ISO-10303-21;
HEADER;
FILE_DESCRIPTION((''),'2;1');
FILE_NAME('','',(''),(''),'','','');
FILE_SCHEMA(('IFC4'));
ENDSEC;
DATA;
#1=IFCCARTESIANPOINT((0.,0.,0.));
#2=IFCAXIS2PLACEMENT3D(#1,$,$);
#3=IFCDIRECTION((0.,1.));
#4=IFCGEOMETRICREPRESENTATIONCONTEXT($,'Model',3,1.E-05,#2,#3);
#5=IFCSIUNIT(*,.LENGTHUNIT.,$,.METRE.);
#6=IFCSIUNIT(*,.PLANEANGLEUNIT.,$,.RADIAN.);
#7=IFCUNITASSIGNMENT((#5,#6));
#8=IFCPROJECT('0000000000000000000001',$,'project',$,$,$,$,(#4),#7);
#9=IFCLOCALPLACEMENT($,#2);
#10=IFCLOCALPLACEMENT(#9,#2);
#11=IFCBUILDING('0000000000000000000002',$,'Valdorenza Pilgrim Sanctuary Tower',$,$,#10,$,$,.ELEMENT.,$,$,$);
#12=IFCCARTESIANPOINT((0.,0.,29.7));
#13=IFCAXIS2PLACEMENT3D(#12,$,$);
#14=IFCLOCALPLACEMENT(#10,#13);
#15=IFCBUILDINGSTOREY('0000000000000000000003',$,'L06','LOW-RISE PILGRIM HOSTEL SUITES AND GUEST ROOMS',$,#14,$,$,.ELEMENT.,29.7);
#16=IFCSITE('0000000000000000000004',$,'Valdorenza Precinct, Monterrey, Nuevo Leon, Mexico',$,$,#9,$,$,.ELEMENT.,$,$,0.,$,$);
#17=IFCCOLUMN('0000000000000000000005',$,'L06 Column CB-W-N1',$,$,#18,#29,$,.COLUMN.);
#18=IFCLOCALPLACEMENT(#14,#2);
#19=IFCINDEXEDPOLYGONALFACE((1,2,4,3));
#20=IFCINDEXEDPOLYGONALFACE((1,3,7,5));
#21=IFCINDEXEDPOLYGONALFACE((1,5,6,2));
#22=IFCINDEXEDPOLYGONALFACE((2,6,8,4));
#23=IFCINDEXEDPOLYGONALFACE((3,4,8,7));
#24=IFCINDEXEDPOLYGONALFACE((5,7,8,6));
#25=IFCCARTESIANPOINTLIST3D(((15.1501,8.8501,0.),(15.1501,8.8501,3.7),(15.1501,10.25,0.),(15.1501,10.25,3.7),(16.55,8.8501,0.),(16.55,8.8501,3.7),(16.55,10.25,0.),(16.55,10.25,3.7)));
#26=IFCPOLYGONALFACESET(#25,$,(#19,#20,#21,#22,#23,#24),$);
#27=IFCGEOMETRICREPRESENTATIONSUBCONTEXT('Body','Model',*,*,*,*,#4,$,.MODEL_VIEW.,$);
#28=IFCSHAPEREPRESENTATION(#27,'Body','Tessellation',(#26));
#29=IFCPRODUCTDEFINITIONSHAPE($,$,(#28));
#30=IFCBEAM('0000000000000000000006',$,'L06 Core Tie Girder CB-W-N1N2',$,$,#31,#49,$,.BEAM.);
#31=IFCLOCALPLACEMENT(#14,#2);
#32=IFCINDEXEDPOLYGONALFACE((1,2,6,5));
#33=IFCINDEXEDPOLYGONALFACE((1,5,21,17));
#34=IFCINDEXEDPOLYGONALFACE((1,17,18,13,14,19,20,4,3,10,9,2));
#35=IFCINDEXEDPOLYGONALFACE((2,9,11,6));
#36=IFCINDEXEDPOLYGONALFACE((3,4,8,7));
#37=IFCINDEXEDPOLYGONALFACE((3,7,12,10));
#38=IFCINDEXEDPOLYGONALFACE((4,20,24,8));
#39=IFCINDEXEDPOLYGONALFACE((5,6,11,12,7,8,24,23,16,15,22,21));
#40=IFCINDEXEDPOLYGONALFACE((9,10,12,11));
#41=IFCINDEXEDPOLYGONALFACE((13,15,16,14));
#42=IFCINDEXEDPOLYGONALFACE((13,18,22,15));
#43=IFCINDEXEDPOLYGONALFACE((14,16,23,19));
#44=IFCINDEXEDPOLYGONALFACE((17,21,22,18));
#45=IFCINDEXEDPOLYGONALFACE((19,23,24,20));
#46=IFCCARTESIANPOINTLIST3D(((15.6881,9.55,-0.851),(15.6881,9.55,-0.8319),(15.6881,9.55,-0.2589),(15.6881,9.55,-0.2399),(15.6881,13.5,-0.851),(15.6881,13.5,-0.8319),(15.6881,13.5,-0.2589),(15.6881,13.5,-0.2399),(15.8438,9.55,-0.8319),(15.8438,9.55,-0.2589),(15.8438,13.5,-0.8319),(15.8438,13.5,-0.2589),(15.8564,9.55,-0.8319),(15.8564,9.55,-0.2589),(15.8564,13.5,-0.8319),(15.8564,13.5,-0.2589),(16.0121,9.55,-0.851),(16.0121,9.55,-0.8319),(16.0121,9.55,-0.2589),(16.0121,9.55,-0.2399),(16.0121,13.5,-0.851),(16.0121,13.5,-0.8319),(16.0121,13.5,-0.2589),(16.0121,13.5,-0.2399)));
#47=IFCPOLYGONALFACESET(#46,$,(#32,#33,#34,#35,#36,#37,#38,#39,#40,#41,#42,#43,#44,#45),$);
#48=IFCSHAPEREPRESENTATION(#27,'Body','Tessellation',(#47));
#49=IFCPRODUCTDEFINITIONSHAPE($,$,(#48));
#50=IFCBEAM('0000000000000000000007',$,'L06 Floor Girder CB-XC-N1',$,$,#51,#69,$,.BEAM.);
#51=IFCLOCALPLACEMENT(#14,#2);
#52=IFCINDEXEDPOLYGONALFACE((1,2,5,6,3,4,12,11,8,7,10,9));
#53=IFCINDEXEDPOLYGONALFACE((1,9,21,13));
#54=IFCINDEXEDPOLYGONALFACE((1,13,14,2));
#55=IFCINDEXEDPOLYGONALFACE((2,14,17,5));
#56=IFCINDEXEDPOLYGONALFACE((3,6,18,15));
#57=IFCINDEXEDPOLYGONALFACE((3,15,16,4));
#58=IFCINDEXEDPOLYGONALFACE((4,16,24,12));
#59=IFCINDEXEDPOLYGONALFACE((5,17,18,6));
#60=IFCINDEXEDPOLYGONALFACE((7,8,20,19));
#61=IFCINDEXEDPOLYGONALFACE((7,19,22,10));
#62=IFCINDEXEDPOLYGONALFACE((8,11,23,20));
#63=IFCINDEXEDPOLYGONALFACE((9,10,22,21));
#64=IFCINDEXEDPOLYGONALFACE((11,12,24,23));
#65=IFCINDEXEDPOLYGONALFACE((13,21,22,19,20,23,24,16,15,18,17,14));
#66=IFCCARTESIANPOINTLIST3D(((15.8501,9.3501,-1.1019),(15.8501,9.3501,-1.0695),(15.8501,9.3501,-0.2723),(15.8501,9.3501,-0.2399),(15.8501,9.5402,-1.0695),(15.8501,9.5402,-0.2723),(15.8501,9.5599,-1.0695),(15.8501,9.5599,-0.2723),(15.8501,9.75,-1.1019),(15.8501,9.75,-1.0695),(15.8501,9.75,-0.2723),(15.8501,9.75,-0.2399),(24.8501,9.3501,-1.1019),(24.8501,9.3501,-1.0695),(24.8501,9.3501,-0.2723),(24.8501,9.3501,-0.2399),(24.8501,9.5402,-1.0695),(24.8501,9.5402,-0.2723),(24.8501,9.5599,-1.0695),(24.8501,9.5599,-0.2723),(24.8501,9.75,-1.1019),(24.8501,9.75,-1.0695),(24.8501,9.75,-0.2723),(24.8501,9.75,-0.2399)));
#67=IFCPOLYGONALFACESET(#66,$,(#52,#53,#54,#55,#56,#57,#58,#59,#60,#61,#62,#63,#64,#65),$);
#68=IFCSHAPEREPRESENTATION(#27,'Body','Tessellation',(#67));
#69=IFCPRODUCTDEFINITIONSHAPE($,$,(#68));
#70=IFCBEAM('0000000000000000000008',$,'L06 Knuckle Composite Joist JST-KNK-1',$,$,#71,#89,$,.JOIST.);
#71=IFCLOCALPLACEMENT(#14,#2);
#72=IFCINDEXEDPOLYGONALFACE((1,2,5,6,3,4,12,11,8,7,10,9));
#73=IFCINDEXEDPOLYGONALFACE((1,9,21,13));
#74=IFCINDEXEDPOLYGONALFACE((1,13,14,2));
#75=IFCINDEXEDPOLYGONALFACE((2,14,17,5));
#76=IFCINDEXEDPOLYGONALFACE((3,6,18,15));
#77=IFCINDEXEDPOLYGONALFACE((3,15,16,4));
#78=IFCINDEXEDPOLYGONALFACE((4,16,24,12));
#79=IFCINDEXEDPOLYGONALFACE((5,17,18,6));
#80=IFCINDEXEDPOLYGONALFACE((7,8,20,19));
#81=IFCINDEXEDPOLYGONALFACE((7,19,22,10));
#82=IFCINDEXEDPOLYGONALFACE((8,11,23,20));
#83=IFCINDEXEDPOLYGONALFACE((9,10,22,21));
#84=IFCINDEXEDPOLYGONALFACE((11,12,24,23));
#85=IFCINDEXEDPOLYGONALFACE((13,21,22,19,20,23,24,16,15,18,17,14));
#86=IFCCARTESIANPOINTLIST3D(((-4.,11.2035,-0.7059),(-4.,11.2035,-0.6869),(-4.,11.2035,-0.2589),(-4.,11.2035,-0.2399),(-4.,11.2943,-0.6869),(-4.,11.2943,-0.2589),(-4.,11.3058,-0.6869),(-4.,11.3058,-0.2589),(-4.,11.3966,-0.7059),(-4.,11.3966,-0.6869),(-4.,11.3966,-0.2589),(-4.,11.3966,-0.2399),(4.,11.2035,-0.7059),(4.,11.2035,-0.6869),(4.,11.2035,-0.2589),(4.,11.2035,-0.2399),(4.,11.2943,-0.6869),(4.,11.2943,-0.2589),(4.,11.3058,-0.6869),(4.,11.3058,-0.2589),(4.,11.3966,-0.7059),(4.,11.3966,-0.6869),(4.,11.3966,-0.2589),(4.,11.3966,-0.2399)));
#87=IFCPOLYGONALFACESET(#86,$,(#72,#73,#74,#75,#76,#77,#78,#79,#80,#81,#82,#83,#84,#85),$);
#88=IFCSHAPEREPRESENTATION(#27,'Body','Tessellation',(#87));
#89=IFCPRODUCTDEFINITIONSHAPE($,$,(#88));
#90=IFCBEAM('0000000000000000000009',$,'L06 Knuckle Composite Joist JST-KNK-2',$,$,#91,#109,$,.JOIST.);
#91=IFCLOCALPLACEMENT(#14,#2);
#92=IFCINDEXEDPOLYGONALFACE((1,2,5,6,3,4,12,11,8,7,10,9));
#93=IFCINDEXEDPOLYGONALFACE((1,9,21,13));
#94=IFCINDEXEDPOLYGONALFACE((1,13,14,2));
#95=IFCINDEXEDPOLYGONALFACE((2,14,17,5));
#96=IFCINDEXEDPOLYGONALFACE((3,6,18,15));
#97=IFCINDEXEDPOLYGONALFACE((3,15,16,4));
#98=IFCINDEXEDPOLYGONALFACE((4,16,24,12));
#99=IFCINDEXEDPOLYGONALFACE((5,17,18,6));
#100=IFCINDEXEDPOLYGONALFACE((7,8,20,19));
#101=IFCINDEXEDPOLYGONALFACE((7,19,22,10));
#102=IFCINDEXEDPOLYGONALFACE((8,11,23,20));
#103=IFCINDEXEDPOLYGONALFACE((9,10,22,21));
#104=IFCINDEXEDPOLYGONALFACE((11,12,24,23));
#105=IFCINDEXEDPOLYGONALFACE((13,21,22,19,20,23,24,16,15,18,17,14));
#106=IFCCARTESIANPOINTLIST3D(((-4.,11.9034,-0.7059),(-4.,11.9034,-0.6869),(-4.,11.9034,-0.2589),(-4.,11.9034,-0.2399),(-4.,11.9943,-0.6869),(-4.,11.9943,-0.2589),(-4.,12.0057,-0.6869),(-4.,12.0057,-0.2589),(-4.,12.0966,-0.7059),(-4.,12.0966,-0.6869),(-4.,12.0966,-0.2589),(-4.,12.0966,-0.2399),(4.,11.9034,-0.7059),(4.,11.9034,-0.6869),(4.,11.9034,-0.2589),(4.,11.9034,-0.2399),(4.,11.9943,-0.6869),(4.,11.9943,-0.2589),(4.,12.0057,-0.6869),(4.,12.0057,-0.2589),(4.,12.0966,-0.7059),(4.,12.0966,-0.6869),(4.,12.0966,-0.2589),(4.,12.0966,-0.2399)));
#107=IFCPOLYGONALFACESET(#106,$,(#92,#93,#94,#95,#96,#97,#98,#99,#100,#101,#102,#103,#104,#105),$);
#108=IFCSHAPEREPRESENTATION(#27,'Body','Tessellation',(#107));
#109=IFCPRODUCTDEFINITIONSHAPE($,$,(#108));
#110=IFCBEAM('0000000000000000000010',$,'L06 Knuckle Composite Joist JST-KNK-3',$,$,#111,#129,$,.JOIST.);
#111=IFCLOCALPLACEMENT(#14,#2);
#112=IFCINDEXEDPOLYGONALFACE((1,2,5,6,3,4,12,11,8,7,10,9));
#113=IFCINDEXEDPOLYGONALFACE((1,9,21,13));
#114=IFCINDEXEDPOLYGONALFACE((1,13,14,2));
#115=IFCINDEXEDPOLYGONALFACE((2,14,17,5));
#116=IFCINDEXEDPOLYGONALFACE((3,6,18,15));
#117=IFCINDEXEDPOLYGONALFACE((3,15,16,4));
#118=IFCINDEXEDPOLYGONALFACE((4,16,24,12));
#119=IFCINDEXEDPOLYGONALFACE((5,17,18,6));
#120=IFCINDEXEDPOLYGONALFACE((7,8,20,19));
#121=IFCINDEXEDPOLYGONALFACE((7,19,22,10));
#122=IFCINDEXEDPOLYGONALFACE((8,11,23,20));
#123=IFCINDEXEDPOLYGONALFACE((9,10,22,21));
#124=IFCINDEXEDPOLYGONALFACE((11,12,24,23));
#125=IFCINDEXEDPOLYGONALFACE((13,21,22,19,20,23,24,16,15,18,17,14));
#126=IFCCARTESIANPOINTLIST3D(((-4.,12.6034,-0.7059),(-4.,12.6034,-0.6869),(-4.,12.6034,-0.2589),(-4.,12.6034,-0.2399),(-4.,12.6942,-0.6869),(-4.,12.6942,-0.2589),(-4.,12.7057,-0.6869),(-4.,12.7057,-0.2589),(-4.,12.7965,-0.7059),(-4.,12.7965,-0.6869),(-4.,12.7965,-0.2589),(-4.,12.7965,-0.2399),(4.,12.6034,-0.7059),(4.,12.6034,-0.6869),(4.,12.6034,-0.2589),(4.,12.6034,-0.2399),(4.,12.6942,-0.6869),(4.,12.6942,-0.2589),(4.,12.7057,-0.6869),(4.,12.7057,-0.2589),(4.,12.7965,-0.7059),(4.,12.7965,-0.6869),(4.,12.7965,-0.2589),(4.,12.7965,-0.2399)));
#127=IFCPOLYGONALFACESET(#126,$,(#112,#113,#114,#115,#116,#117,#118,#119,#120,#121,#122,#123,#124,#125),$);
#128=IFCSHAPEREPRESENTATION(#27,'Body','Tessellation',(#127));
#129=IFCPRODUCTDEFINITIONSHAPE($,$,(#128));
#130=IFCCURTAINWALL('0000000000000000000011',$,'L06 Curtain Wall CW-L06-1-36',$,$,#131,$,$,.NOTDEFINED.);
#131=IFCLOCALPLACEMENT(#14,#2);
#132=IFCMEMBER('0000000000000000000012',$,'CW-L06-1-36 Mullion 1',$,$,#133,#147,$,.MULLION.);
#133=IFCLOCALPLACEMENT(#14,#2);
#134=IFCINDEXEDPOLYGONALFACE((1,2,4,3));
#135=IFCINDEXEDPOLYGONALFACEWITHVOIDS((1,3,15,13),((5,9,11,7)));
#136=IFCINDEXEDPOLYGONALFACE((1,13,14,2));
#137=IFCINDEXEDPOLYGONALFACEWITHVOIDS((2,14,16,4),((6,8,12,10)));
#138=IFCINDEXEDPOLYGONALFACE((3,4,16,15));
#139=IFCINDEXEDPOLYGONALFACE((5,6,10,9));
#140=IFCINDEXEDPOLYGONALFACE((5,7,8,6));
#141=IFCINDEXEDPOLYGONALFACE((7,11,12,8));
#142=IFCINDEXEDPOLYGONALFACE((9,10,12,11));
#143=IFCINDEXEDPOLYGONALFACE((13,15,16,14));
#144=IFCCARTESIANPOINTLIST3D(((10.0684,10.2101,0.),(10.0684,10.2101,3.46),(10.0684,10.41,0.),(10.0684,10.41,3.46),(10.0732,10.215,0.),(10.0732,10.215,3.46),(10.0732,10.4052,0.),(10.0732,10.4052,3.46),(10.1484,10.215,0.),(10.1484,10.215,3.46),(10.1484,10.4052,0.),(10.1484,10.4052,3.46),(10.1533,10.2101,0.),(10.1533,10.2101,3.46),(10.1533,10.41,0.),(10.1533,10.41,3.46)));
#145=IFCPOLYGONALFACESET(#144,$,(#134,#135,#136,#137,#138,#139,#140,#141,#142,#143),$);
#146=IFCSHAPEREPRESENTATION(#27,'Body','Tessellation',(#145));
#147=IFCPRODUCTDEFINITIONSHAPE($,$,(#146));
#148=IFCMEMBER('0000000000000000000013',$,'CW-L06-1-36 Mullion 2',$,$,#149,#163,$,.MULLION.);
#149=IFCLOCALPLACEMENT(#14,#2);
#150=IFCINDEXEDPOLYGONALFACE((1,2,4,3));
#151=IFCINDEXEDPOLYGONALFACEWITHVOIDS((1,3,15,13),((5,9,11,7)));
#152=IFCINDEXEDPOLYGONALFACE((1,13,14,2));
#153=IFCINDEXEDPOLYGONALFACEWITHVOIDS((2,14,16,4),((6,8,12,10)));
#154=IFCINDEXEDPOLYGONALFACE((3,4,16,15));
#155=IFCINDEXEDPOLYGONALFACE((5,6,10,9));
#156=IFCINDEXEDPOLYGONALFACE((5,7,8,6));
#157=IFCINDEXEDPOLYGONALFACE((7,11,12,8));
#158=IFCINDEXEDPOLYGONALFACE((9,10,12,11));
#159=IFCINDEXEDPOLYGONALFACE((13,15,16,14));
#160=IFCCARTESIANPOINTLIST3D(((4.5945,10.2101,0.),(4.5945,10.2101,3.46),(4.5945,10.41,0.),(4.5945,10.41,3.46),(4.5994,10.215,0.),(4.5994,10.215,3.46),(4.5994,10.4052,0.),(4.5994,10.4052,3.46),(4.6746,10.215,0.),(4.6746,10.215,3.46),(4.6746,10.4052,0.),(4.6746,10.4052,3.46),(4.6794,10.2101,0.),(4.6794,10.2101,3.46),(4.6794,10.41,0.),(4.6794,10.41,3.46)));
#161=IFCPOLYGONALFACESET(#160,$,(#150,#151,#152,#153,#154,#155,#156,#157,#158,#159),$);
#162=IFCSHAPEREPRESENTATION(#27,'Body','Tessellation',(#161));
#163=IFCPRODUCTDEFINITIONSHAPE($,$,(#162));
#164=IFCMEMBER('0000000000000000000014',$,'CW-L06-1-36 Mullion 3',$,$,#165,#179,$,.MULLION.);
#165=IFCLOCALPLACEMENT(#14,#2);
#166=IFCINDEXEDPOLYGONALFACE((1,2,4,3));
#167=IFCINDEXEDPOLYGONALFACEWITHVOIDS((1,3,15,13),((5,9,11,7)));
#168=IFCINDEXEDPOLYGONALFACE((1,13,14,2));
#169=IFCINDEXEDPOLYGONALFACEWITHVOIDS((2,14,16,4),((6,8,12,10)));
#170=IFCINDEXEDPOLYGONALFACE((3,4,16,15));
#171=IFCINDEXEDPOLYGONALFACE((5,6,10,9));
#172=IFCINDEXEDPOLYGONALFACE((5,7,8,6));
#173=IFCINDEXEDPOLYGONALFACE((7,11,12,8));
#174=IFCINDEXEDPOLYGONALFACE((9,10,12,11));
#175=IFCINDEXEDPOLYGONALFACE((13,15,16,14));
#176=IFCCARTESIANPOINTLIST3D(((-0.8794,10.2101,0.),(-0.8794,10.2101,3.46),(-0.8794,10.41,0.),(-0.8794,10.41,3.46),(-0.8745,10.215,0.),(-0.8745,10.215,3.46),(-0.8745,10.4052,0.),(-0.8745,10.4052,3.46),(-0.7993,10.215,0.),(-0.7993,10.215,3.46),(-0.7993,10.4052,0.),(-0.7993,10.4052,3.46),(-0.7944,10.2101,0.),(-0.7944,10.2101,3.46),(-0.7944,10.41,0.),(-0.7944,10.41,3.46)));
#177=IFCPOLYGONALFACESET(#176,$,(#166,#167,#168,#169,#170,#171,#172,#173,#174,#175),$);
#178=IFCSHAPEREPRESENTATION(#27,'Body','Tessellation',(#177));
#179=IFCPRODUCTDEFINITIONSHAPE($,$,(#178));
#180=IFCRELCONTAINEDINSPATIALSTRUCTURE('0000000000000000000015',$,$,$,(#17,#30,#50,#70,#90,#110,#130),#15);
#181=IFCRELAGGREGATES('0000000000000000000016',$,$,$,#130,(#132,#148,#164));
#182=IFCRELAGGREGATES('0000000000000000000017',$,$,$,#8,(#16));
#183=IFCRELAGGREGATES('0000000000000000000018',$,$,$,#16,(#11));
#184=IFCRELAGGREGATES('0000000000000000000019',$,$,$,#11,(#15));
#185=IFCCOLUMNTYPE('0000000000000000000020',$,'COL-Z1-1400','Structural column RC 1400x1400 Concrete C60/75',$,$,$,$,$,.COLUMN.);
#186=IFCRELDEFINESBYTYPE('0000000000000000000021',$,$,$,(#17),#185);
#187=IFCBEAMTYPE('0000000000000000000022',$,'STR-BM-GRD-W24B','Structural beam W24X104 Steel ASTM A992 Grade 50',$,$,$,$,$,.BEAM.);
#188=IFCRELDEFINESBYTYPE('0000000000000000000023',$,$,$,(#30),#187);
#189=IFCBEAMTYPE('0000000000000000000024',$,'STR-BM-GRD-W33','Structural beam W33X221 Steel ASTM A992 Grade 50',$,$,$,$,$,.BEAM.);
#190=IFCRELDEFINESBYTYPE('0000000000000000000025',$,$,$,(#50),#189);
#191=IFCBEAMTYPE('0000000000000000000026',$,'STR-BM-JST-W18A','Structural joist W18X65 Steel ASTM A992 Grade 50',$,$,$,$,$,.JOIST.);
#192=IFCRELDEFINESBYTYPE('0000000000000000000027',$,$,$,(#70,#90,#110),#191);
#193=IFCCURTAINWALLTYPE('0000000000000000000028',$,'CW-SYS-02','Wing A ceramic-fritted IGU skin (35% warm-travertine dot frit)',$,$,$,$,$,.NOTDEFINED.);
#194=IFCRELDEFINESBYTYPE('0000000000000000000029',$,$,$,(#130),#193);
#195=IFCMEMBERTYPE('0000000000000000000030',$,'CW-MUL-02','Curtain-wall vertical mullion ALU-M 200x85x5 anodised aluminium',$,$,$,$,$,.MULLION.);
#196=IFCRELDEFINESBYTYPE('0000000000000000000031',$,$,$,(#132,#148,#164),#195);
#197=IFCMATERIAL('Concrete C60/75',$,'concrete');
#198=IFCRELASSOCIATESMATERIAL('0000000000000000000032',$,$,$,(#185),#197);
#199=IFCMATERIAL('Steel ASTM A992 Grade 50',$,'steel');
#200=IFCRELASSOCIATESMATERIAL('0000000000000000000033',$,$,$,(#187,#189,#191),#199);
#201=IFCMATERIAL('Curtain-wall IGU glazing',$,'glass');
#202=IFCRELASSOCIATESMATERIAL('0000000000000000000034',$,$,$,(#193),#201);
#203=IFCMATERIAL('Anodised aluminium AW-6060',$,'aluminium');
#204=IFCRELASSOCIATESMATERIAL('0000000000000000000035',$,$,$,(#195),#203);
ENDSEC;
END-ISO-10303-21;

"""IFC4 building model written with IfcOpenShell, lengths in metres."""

from ifc_helpers import new_model, si_unit, direction, frame, origin, origin_2d, place, context, subcontext, project, spatial, rectangle, hollow_rectangle, i_section, extrude, source, transform, mapped, material, material_profile, profile_set, type_object, element, aggregate, save


model = new_model("IFC4")

# Units and contexts
model_context = context("Model", 3, precision=1e-05, world=origin(), true_north=direction((0.0, 1.0)))
body_context = subcontext(model_context, "Body", "Model", "MODEL_VIEW")
ifc_project = project(units=[si_unit("LENGTHUNIT", "METRE"), si_unit("PLANEANGLEUNIT", "RADIAN")], contexts=[model_context])

# Site, building, storey
site_placement = place(None, origin())
site = spatial("IfcSite", under=ifc_project, at=site_placement, Name="Valdorenza Precinct, Monterrey, Nuevo Leon, Mexico", CompositionType="ELEMENT", RefElevation=0.0)
building_placement = place(site_placement, origin())
building = spatial("IfcBuilding", under=site, at=building_placement, Name="Valdorenza Pilgrim Sanctuary Tower", CompositionType="ELEMENT")
storey_placement = place(building_placement, frame((0.0, 0.0, 29.7)))
storey = spatial("IfcBuildingStorey", under=building, at=storey_placement, Name="L06", Description="LOW-RISE PILGRIM HOSTEL SUITES AND GUEST ROOMS", CompositionType="ELEMENT", Elevation=29.7)

# Column
ifc_material_1 = material(Name="Concrete C60/75", Category="concrete")
ifc_material_profile_1 = material_profile(ifc_material_1, rectangle(XDim=1.3999, YDim=1.3999, at=origin_2d()), Name="RC 1400x1400")
ifc_profile_set_1 = profile_set([ifc_material_profile_1], Name="Concrete C60/75")
column_type = type_object("IfcColumnType", Name="COL-Z1-1400", Description="Structural column RC 1400x1400 Concrete C60/75", PredefinedType="COLUMN", material=ifc_profile_set_1)
shared_shape_1 = source(origin(), body_context, "Body", "SweptSolid", [
    extrude(rectangle(XDim=1.3999, YDim=1.3999, at=origin_2d()), origin(), (0.0, 0.0, 1.0), 3.7),
])
column_placement = place(storey_placement, frame((15.8501, 9.55, 0.0), z_axis=(0.0, 0.0, 1.0), x_axis=(1.0, 0.0, 0.0)))
element("IfcColumn", 1, at=column_placement, inside=storey, type_object=column_type, Name="L06 Column CB-W-N1", PredefinedType="COLUMN", context=body_context, shape_type="MappedRepresentation", body=[
    mapped(shared_shape_1, transform((0.0, 0.0, 0.0), x_axis=(1.0, 0.0, 0.0), y_axis=(0.0, 1.0, 0.0), z_axis=(0.0, 0.0, 1.0), scale=1.0)),
])

# Beams
ifc_material_2 = material(Name="Steel ASTM A992 Grade 50", Category="steel")
ifc_material_profile_2 = material_profile(ifc_material_2, i_section(OverallWidth=0.324, OverallDepth=0.6111, WebThickness=0.0127, FlangeThickness=0.019, at=origin_2d()), Name="W24X104")
ifc_profile_set_2 = profile_set([ifc_material_profile_2], Name="Steel ASTM A992 Grade 50")
beam_type_1 = type_object("IfcBeamType", Name="STR-BM-GRD-W24B", Description="Structural beam W24X104 Steel ASTM A992 Grade 50", PredefinedType="BEAM", material=ifc_profile_set_2)
shared_shape_2 = source(origin(), body_context, "Body", "SweptSolid", [
    extrude(i_section(OverallWidth=0.324, OverallDepth=0.6111, WebThickness=0.0127, FlangeThickness=0.019, at=origin_2d()), origin(), (0.0, 0.0, 1.0), 3.95),
])
beam_1_placement = place(storey_placement, frame((15.8501, 9.55, -0.5454), z_axis=(0.0, 1.0, 0.0), x_axis=(-1.0, 0.0, 0.0)))
element("IfcBeam", 2, at=beam_1_placement, inside=storey, type_object=beam_type_1, Name="L06 Core Tie Girder CB-W-N1N2", PredefinedType="BEAM", context=body_context, shape_type="MappedRepresentation", body=[
    mapped(shared_shape_2, transform((0.0, 0.0, 0.0), x_axis=(1.0, 0.0, 0.0), y_axis=(0.0, 1.0, 0.0), z_axis=(0.0, 0.0, 1.0), scale=1.0)),
])
ifc_material_profile_3 = material_profile(ifc_material_2, i_section(OverallWidth=0.3999, OverallDepth=0.8621, WebThickness=0.0198, FlangeThickness=0.0325, at=origin_2d()), Name="W33X221")
ifc_profile_set_3 = profile_set([ifc_material_profile_3], Name="Steel ASTM A992 Grade 50")
beam_type_2 = type_object("IfcBeamType", Name="STR-BM-GRD-W33", Description="Structural beam W33X221 Steel ASTM A992 Grade 50", PredefinedType="BEAM", material=ifc_profile_set_3)
shared_shape_3 = source(origin(), body_context, "Body", "SweptSolid", [
    extrude(i_section(OverallWidth=0.3999, OverallDepth=0.8621, WebThickness=0.0198, FlangeThickness=0.0325, at=origin_2d()), origin(), (0.0, 0.0, 1.0), 9.0),
])
beam_2_placement = place(storey_placement, frame((15.8501, 9.55, -0.6709), z_axis=(1.0, 0.0, 0.0), x_axis=(0.0, 1.0, 0.0)))
element("IfcBeam", 3, at=beam_2_placement, inside=storey, type_object=beam_type_2, Name="L06 Floor Girder CB-XC-N1", PredefinedType="BEAM", context=body_context, shape_type="MappedRepresentation", body=[
    mapped(shared_shape_3, transform((0.0, 0.0, 0.0), x_axis=(1.0, 0.0, 0.0), y_axis=(0.0, 1.0, 0.0), z_axis=(0.0, 0.0, 1.0), scale=1.0)),
])
ifc_material_profile_4 = material_profile(ifc_material_2, i_section(OverallWidth=0.1931, OverallDepth=0.4661, WebThickness=0.0115, FlangeThickness=0.019, at=origin_2d()), Name="W18X65")
ifc_profile_set_4 = profile_set([ifc_material_profile_4], Name="Steel ASTM A992 Grade 50")
beam_type_3 = type_object("IfcBeamType", Name="STR-BM-JST-W18A", Description="Structural joist W18X65 Steel ASTM A992 Grade 50", PredefinedType="JOIST", material=ifc_profile_set_4)
shared_shape_4 = source(origin(), body_context, "Body", "SweptSolid", [
    extrude(i_section(OverallWidth=0.1931, OverallDepth=0.4661, WebThickness=0.0115, FlangeThickness=0.019, at=origin_2d()), origin(), (0.0, 0.0, 1.0), 8.0),
])
for number, where, z_axis, x_axis, name in (
    (4, (-4.0, 11.3, -0.4729), (1.0, 0.0, 0.0), (0.0, 1.0, 0.0), "L06 Knuckle Composite Joist JST-KNK-1"),
    (5, (-4.0, 12.0, -0.4729), (1.0, 0.0, 0.0), (0.0, 1.0, 0.0), "L06 Knuckle Composite Joist JST-KNK-2"),
    (6, (-4.0, 12.7, -0.4729), (1.0, 0.0, 0.0), (0.0, 1.0, 0.0), "L06 Knuckle Composite Joist JST-KNK-3"),
):
    element("IfcBeam", number, at=place(storey_placement, frame(where, z_axis=z_axis, x_axis=x_axis)), inside=storey, type_object=beam_type_3, Name=name, PredefinedType="JOIST", context=body_context, shape_type="MappedRepresentation", body=[
        mapped(shared_shape_4, transform((0.0, 0.0, 0.0), x_axis=(1.0, 0.0, 0.0), y_axis=(0.0, 1.0, 0.0), z_axis=(0.0, 0.0, 1.0), scale=1.0)),
    ])

# Curtain wall, members
ifc_material_3 = material(Name="Curtain-wall IGU glazing", Category="glass")
curtain_wall_type_1 = type_object("IfcCurtainWallType", Name="CW-SYS-02", Description="Wing A ceramic-fritted IGU skin (35% warm-travertine dot frit)", PredefinedType="NOTDEFINED", material=ifc_material_3)
curtain_wall_1_placement = place(storey_placement, origin())
curtain_wall_1 = element("IfcCurtainWall", 7, at=curtain_wall_1_placement, inside=storey, type_object=curtain_wall_type_1, Name="L06 Curtain Wall CW-L06-1-36", PredefinedType="NOTDEFINED")
ifc_material_4 = material(Name="Anodised aluminium AW-6060", Category="aluminium")
ifc_material_profile_5 = material_profile(ifc_material_4, hollow_rectangle(XDim=0.085, YDim=0.2, WallThickness=0.0049, at=origin_2d()), Name="ALU-M 200x85x5")
ifc_profile_set_5 = profile_set([ifc_material_profile_5], Name="Anodised aluminium AW-6060")
member_type_1 = type_object("IfcMemberType", Name="CW-MUL-02", Description="Curtain-wall vertical mullion ALU-M 200x85x5 anodised aluminium", PredefinedType="MULLION", material=ifc_profile_set_5)
shared_shape_5 = source(origin(), body_context, "Body", "SweptSolid", [
    extrude(hollow_rectangle(XDim=0.085, YDim=0.2, WallThickness=0.0049, at=origin_2d()), origin(), (0.0, 0.0, 1.0), 3.46),
])
member_1_placement = place(storey_placement, frame((10.1108, 10.3101, 0.0), z_axis=(0.0, 0.0, 1.0), x_axis=(-1.0, 0.0, 0.0)))
member_1 = element("IfcMember", 8, at=member_1_placement, type_object=member_type_1, Name="CW-L06-1-36 Mullion 1", PredefinedType="MULLION", context=body_context, shape_type="MappedRepresentation", body=[
    mapped(shared_shape_5, transform((0.0, 0.0, 0.0), x_axis=(1.0, 0.0, 0.0), y_axis=(0.0, 1.0, 0.0), z_axis=(0.0, 0.0, 1.0), scale=1.0)),
])
member_2_placement = place(storey_placement, frame((4.637, 10.3101, 0.0), z_axis=(0.0, 0.0, 1.0), x_axis=(-1.0, 0.0, 0.0)))
member_2 = element("IfcMember", 9, at=member_2_placement, type_object=member_type_1, Name="CW-L06-1-36 Mullion 2", PredefinedType="MULLION", context=body_context, shape_type="MappedRepresentation", body=[
    mapped(shared_shape_5, transform((0.0, 0.0, 0.0), x_axis=(1.0, 0.0, 0.0), y_axis=(0.0, 1.0, 0.0), z_axis=(0.0, 0.0, 1.0), scale=1.0)),
])
member_3_placement = place(storey_placement, frame((-0.8369, 10.3101, 0.0), z_axis=(0.0, 0.0, 1.0), x_axis=(-1.0, 0.0, 0.0)))
member_3 = element("IfcMember", 10, at=member_3_placement, type_object=member_type_1, Name="CW-L06-1-36 Mullion 3", PredefinedType="MULLION", context=body_context, shape_type="MappedRepresentation", body=[
    mapped(shared_shape_5, transform((0.0, 0.0, 0.0), x_axis=(1.0, 0.0, 0.0), y_axis=(0.0, 1.0, 0.0), z_axis=(0.0, 0.0, 1.0), scale=1.0)),
])

aggregate(curtain_wall_1, [member_1, member_2, member_3])

save(model, "model.ifc")
